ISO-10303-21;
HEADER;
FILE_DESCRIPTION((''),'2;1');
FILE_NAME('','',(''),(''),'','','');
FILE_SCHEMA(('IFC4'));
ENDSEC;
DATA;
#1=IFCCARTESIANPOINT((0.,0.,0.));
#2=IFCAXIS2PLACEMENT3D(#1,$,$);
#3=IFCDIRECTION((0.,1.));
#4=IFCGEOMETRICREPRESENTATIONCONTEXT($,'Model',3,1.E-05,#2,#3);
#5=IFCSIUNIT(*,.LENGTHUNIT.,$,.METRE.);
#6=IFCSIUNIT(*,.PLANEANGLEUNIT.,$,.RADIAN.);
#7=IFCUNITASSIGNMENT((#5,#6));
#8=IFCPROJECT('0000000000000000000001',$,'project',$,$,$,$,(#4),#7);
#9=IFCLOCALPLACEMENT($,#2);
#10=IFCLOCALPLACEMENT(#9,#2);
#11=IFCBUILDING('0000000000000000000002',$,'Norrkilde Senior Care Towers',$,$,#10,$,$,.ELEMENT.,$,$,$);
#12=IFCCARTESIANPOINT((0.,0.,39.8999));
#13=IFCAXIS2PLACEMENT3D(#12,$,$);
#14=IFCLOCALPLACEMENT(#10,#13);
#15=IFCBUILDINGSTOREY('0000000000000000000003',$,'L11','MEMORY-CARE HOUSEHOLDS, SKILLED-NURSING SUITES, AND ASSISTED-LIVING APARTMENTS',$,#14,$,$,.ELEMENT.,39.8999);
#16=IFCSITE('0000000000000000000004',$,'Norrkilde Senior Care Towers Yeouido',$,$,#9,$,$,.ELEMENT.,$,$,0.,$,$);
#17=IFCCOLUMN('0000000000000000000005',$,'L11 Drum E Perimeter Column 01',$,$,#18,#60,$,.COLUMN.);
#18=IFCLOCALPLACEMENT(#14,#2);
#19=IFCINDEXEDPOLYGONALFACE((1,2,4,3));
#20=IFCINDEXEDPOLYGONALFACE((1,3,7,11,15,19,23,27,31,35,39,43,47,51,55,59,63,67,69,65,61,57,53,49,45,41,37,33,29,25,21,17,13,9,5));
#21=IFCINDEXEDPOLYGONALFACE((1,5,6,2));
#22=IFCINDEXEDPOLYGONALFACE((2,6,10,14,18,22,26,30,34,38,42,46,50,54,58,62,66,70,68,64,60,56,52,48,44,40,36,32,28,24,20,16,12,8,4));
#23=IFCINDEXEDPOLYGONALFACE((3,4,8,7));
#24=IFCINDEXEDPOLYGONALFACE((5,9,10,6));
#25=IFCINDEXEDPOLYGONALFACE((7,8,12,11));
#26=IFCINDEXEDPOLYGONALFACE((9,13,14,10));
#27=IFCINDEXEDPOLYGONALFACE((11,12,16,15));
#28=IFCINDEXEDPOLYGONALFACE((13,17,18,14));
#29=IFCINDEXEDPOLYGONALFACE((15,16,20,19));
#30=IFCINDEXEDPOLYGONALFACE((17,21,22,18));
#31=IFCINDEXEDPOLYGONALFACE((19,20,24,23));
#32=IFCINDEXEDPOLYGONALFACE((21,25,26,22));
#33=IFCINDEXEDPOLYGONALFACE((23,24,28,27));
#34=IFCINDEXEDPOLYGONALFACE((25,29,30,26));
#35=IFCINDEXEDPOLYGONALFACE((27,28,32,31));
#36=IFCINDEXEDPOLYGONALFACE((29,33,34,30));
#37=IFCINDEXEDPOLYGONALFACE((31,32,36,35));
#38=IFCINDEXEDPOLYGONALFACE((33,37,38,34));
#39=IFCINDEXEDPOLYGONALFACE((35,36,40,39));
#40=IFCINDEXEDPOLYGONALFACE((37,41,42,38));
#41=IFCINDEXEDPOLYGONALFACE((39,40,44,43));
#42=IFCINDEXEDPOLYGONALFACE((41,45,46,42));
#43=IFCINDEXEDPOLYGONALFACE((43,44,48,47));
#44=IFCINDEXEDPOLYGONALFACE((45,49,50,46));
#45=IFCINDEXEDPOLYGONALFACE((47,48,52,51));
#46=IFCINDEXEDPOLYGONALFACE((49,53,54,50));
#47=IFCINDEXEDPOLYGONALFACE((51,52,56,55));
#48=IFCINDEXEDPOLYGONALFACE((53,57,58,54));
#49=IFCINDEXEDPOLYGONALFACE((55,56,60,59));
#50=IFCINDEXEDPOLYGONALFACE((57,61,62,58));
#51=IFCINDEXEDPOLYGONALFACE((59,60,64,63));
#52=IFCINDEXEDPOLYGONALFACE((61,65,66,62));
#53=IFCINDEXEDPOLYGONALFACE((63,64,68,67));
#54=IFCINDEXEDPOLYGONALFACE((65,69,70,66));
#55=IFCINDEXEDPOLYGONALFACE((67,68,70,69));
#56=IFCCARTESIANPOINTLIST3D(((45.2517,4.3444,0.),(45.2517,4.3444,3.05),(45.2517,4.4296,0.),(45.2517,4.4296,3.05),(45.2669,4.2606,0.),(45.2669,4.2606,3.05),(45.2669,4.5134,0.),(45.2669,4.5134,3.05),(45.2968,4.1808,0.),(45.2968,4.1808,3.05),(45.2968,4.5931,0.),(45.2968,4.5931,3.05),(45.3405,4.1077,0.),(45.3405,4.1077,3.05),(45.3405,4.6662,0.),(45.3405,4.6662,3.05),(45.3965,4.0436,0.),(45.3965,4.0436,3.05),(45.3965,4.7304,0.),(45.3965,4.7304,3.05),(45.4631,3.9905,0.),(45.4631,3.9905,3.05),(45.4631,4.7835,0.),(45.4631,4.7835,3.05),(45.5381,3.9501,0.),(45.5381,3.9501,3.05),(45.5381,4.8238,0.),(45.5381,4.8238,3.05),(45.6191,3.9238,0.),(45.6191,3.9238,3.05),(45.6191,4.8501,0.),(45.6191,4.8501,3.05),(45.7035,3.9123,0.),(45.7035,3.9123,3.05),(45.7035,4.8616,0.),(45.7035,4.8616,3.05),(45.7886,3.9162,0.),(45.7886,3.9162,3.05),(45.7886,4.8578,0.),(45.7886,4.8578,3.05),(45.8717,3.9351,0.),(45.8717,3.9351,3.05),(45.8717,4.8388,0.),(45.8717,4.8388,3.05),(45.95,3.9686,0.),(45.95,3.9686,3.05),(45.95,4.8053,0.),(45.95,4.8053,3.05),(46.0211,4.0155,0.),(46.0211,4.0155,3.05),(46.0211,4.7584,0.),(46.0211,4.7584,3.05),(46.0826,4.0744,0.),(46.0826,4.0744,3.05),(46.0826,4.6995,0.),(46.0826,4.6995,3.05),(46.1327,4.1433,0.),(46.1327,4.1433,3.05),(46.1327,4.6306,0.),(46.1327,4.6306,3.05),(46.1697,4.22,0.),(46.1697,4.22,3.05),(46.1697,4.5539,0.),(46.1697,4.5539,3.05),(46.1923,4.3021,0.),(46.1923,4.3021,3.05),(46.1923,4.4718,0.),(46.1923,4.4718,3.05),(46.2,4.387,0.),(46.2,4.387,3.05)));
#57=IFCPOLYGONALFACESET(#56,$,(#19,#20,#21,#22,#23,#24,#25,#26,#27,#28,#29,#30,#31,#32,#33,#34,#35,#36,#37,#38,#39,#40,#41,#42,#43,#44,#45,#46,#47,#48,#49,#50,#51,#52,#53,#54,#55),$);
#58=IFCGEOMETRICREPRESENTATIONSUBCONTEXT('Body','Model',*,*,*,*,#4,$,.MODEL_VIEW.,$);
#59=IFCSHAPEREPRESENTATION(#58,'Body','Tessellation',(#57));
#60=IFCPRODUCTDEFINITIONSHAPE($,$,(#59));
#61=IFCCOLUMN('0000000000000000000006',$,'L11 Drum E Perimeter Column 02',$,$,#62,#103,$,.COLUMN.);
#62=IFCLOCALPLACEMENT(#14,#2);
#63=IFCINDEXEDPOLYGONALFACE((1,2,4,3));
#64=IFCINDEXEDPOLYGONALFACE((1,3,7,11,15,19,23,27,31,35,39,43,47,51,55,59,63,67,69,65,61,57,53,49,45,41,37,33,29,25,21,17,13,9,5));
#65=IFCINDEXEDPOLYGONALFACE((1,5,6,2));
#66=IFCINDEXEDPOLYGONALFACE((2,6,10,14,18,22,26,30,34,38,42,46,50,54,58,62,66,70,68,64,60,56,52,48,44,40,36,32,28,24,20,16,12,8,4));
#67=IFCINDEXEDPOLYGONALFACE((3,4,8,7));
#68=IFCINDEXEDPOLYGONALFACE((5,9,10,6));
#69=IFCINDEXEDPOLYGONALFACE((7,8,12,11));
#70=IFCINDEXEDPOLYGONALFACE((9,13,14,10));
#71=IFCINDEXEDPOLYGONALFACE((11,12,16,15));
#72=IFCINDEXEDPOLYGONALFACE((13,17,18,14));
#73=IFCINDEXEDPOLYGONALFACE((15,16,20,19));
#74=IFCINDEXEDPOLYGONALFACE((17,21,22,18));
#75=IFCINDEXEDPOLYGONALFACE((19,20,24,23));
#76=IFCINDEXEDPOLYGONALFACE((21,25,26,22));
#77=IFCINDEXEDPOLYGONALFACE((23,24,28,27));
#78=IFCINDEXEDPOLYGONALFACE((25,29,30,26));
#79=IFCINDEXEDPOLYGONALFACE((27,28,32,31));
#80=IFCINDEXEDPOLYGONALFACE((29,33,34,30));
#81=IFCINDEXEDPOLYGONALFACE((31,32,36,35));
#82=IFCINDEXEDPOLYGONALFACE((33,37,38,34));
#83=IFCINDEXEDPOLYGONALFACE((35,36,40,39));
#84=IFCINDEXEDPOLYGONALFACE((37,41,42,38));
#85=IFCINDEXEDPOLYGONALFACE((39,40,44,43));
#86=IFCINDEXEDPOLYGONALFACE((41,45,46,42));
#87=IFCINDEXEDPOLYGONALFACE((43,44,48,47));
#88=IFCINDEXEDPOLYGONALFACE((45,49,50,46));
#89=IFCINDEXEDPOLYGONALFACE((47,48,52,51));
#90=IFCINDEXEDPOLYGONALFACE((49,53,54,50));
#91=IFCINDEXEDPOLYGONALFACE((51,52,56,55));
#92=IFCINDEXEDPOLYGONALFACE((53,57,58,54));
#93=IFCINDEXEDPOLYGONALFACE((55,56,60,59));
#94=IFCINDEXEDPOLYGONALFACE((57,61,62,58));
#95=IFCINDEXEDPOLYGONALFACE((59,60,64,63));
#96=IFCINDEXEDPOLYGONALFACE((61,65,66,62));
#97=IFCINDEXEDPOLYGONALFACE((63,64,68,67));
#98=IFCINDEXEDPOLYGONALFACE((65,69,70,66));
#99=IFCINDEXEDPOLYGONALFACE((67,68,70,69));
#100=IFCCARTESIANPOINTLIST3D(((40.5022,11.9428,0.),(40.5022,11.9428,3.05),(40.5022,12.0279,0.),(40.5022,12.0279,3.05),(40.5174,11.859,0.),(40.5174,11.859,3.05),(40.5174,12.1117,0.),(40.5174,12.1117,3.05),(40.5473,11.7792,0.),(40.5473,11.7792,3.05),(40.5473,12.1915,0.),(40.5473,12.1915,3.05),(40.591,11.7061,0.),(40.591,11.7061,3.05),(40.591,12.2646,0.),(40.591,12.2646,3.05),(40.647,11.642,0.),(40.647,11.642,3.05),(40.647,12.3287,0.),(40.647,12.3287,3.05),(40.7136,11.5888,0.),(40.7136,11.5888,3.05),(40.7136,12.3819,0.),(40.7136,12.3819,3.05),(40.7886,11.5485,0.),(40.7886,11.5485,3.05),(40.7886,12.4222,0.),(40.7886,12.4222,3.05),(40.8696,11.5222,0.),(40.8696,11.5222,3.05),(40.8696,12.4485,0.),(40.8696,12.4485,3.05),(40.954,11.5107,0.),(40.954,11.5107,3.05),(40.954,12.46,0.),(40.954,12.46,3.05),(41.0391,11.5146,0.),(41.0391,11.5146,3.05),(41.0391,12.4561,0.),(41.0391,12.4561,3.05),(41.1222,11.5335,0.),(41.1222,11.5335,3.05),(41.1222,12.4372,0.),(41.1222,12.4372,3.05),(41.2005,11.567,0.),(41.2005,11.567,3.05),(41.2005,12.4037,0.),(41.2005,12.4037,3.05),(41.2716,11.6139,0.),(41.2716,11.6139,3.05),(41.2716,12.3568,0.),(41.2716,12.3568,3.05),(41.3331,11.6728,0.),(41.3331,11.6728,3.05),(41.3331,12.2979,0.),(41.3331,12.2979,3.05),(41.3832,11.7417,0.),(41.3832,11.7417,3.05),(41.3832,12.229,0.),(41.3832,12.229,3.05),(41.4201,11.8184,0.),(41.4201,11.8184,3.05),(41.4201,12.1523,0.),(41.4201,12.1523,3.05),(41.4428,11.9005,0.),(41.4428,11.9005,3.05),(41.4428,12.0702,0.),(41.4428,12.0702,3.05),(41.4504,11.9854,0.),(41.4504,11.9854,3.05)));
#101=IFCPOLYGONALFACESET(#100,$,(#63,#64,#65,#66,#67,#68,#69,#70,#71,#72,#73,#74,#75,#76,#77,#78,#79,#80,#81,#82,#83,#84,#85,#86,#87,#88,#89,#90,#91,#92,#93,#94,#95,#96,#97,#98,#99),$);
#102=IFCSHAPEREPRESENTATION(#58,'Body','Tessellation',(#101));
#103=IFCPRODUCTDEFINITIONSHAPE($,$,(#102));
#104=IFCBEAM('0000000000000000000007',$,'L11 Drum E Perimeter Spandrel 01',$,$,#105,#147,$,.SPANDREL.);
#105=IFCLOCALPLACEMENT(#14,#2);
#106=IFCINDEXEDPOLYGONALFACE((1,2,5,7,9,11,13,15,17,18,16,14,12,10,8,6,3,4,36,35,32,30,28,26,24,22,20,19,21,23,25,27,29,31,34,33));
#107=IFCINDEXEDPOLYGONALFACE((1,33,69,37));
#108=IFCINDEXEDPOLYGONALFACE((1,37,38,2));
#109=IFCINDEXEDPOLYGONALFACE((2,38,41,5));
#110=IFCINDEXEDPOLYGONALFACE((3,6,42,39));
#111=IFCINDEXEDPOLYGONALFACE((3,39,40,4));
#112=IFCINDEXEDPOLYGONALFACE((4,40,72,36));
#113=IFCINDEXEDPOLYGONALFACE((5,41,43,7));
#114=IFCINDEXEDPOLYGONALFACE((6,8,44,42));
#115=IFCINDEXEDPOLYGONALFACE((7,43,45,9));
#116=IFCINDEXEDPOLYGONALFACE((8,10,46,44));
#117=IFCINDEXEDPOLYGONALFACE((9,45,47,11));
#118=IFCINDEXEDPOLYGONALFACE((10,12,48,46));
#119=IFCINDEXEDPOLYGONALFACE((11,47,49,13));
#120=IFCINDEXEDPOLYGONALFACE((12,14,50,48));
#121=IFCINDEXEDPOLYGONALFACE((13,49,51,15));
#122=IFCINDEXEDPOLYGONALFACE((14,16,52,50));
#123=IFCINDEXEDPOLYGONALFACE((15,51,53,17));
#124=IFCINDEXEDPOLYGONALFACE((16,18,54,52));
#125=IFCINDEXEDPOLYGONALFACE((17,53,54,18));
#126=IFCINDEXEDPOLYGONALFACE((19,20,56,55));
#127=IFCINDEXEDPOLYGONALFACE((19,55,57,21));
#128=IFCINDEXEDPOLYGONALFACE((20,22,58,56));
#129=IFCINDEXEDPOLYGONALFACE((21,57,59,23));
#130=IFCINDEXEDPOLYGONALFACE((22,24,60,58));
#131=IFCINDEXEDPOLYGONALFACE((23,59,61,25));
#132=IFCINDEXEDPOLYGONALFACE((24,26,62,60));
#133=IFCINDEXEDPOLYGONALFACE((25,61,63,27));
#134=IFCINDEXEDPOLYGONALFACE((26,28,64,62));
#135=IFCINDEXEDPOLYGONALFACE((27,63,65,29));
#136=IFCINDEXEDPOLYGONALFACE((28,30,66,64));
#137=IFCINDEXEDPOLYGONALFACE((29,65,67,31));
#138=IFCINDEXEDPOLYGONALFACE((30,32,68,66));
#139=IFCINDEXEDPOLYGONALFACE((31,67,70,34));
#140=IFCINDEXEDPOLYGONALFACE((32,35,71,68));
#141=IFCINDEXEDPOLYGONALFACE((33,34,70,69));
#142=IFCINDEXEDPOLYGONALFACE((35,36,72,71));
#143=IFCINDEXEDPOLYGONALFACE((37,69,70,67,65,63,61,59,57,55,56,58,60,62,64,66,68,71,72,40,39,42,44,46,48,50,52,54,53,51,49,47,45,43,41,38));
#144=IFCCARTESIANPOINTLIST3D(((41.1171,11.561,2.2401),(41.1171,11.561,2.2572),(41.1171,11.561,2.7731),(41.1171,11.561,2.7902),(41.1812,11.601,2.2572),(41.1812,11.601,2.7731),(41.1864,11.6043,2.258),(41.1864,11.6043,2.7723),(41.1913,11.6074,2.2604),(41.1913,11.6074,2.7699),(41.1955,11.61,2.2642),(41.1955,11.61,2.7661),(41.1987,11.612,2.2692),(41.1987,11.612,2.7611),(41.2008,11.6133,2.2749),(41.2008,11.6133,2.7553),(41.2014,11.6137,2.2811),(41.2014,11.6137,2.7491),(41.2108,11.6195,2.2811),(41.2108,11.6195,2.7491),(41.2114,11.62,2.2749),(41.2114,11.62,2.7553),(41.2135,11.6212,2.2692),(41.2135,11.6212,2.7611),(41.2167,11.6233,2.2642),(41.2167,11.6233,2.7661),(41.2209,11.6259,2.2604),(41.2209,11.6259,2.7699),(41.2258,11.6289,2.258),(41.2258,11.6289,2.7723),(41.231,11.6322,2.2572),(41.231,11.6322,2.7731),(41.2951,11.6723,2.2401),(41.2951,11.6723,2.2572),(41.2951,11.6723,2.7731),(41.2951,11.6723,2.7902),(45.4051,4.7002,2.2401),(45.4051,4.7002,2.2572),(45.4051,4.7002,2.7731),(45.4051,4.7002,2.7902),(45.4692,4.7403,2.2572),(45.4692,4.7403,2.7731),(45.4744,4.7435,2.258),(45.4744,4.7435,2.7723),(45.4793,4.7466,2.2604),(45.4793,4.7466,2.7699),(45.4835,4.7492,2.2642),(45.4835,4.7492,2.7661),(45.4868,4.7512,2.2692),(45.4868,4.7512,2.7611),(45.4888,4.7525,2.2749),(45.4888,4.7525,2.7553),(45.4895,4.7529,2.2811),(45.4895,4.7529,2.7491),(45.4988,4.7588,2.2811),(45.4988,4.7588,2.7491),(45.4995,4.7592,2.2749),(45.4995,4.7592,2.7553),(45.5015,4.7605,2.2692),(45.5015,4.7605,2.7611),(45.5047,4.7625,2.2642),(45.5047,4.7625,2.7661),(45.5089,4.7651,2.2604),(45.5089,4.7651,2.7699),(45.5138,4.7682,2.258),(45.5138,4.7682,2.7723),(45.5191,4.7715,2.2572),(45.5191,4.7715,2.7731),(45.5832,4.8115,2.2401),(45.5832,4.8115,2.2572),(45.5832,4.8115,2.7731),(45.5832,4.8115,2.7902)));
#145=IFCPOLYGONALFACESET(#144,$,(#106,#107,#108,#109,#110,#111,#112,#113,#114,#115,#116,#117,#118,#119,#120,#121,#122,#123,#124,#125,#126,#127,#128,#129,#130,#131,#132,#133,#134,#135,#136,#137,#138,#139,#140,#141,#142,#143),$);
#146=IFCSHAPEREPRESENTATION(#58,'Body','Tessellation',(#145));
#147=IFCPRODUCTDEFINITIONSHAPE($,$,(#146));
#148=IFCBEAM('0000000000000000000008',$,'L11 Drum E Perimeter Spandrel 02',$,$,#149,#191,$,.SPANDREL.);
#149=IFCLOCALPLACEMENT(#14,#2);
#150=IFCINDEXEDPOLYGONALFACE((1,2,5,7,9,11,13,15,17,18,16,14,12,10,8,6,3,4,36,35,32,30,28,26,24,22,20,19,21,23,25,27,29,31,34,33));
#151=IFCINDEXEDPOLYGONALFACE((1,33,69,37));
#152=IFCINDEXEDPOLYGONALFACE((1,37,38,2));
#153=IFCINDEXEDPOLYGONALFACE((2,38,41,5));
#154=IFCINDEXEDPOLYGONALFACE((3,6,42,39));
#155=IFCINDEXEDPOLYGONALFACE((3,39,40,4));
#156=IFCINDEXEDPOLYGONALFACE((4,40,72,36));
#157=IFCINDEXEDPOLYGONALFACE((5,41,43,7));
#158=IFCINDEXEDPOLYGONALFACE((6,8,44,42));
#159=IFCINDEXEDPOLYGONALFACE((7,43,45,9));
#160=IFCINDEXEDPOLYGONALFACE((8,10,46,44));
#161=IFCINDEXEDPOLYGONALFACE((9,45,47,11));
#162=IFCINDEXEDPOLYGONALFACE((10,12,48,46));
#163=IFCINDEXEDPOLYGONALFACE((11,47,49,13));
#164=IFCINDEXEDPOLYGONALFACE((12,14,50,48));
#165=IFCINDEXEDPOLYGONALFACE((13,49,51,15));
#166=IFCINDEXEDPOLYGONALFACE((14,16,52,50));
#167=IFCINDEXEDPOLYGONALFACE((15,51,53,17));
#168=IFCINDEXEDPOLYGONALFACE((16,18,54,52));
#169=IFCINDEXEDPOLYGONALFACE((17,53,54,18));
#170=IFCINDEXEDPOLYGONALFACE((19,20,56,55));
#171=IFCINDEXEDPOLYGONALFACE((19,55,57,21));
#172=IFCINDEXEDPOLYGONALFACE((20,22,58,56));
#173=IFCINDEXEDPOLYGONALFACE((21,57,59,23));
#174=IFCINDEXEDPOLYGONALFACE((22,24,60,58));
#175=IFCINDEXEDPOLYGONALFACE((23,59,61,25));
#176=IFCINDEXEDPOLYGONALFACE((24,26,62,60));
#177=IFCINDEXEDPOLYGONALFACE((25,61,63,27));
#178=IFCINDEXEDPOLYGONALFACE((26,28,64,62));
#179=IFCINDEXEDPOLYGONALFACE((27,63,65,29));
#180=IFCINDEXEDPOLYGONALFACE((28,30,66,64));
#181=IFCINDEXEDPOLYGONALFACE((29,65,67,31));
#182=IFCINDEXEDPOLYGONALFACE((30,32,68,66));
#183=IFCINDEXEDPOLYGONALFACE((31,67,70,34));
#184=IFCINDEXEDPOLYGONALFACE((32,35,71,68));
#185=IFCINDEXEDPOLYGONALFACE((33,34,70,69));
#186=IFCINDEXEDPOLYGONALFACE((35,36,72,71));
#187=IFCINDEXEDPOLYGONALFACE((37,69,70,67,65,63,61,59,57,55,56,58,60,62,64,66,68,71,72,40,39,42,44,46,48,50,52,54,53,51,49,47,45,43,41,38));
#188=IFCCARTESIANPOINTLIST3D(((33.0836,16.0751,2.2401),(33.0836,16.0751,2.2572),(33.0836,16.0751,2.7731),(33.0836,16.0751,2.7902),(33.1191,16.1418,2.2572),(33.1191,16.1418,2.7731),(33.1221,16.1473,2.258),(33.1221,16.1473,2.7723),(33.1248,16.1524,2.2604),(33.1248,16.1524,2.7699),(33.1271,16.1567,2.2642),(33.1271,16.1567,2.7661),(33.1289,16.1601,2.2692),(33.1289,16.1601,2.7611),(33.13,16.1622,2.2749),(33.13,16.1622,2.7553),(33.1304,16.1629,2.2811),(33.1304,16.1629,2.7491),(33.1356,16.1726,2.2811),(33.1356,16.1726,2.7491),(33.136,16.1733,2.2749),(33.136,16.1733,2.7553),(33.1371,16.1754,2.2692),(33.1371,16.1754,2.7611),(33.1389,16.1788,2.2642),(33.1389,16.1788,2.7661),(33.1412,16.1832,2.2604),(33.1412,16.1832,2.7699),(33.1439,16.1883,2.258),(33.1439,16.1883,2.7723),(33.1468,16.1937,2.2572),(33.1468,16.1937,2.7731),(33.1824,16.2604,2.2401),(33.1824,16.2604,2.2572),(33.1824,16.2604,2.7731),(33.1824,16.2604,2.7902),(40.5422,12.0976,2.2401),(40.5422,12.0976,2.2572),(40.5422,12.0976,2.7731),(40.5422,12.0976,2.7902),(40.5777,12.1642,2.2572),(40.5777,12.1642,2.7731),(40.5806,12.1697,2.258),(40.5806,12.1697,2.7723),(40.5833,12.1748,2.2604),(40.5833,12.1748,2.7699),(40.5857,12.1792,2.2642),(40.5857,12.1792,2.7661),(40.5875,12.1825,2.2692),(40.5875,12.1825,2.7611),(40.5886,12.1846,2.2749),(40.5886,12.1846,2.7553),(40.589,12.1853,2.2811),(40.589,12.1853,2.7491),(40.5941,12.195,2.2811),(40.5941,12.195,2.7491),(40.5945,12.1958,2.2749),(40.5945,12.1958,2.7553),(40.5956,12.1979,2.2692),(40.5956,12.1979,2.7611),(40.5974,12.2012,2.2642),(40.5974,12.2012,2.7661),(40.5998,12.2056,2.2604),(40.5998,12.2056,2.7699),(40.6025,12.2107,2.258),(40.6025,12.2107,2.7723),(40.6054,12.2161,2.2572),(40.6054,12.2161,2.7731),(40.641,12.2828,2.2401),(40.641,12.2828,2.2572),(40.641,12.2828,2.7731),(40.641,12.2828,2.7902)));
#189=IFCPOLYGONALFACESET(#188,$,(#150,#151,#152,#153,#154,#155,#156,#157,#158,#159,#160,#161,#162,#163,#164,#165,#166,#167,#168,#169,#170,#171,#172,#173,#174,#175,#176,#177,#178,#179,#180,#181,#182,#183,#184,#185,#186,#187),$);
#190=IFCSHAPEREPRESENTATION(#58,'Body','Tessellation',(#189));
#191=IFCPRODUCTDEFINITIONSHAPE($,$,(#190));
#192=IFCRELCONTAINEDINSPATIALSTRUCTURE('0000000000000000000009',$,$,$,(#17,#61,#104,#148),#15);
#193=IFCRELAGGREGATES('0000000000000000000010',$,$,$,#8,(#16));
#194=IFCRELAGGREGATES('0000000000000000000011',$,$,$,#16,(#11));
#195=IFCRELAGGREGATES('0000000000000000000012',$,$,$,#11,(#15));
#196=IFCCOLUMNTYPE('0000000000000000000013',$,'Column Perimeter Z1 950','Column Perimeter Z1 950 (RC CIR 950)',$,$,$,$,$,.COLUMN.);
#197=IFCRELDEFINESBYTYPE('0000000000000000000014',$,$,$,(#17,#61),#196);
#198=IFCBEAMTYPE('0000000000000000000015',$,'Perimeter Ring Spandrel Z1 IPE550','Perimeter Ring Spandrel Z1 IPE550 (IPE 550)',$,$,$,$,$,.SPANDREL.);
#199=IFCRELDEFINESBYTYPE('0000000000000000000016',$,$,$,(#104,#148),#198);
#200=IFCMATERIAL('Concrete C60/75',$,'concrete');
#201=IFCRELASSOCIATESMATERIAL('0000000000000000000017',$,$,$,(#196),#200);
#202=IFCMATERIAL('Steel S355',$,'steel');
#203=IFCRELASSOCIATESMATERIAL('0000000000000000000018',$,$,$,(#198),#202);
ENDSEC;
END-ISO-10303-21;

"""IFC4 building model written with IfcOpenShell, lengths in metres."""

from ifc_helpers import new_model, si_unit, direction, frame, origin, origin_2d, place, context, subcontext, project, spatial, circle, i_section, extrude, source, transform, mapped, material, material_profile, profile_set, type_object, type_shapes, element, save


model = new_model("IFC4")

# Units and contexts
model_context = context("Model", 3, precision=1e-05, world=origin(), true_north=direction((0.0, 1.0)))
body_context = subcontext(model_context, "Body", "Model", "MODEL_VIEW")
ifc_project = project(units=[si_unit("LENGTHUNIT", "METRE"), si_unit("PLANEANGLEUNIT", "RADIAN")], contexts=[model_context])

# Site, building, storey
site_placement = place(None, origin())
site = spatial("IfcSite", under=ifc_project, at=site_placement, Name="Norrkilde Senior Care Towers Yeouido", CompositionType="ELEMENT", RefElevation=0.0)
building_placement = place(site_placement, origin())
building = spatial("IfcBuilding", under=site, at=building_placement, Name="Norrkilde Senior Care Towers", CompositionType="ELEMENT")
storey_placement = place(building_placement, frame((0.0, 0.0, 39.8999)))
storey = spatial("IfcBuildingStorey", under=building, at=storey_placement, Name="L11", Description="MEMORY-CARE HOUSEHOLDS, SKILLED-NURSING SUITES, AND ASSISTED-LIVING APARTMENTS", CompositionType="ELEMENT", Elevation=39.8999)

# Columns
ifc_material_1 = material(Name="Concrete C60/75", Category="concrete")
ifc_material_profile_1 = material_profile(ifc_material_1, circle(Radius=0.4751, at=origin_2d()), Name="RC CIR 950")
ifc_profile_set_1 = profile_set([ifc_material_profile_1], Name="Concrete C60/75")
column_type = type_object("IfcColumnType", Name="Column Perimeter Z1 950", Description="Column Perimeter Z1 950 (RC CIR 950)", PredefinedType="COLUMN", material=ifc_profile_set_1)
shared_shape_1 = source(origin(), body_context, "Body", "SweptSolid", [
    extrude(circle(Radius=0.4751, at=origin_2d()), origin(), (0.0, 0.0, 1.0), 3.05),
])
type_shapes(column_type, [shared_shape_1])
for number, where, z_axis, x_axis, name in (
    (1, (45.7249, 4.387, 0.0), (0.0, 0.0, 1.0), (1.0, 0.0, 0.0), "L11 Drum E Perimeter Column 01"),
    (2, (40.9753, 11.9854, 0.0), (0.0, 0.0, 1.0), (1.0, 0.0, 0.0), "L11 Drum E Perimeter Column 02"),
):
    element("IfcColumn", number, at=place(storey_placement, frame(where, z_axis=z_axis, x_axis=x_axis)), inside=storey, type_object=column_type, Name=name, PredefinedType="COLUMN", context=body_context, shape_type="MappedRepresentation", body=[
        mapped(shared_shape_1, transform((0.0, 0.0, 0.0), x_axis=(1.0, 0.0, 0.0), y_axis=(0.0, 1.0, 0.0), z_axis=(0.0, 0.0, 1.0), scale=1.0)),
    ])

# Beams
ifc_material_2 = material(Name="Steel S355", Category="steel")
ifc_material_profile_2 = material_profile(ifc_material_2, i_section(OverallWidth=0.21, OverallDepth=0.55, WebThickness=0.011, FlangeThickness=0.0171, FilletRadius=0.0239, at=origin_2d()), Name="IPE 550")
ifc_profile_set_2 = profile_set([ifc_material_profile_2], Name="Steel S355")
beam_type_1 = type_object("IfcBeamType", Name="Perimeter Ring Spandrel Z1 IPE550", Description="Perimeter Ring Spandrel Z1 IPE550 (IPE 550)", PredefinedType="SPANDREL", material=ifc_profile_set_2)
shared_shape_2 = source(origin(), body_context, "Body", "SweptSolid", [
    extrude(i_section(OverallWidth=0.21, OverallDepth=0.55, WebThickness=0.011, FlangeThickness=0.0171, FilletRadius=0.0239, at=origin_2d()), origin(), (0.0, 0.0, 1.0), 8.0906),
])
beam_1_placement = place(storey_placement, frame((45.4941, 4.7559, 2.5151), z_axis=(-0.530004, 0.847995, 0.0), x_axis=(-0.847995, -0.530004, 0.0)))
element("IfcBeam", 3, at=beam_1_placement, inside=storey, type_object=beam_type_1, Name="L11 Drum E Perimeter Spandrel 01", PredefinedType="SPANDREL", context=body_context, shape_type="MappedRepresentation", body=[
    mapped(shared_shape_2, transform((0.0, 0.0, 0.0), x_axis=(1.0, 0.0, 0.0), y_axis=(0.0, 1.0, 0.0), z_axis=(0.0, 0.0, 1.0), scale=1.0)),
])
shared_shape_3 = source(origin(), body_context, "Body", "SweptSolid", [
    extrude(i_section(OverallWidth=0.21, OverallDepth=0.55, WebThickness=0.011, FlangeThickness=0.0171, FilletRadius=0.0239, at=origin_2d()), origin(), (0.0, 0.0, 1.0), 8.4529),
])
type_shapes(beam_type_1, [shared_shape_2, shared_shape_3])
beam_2_placement = place(storey_placement, frame((40.5916, 12.1902, 2.5151), z_axis=(-0.882369, 0.470558, 0.0), x_axis=(-0.470558, -0.882369, 0.0)))
element("IfcBeam", 4, at=beam_2_placement, inside=storey, type_object=beam_type_1, Name="L11 Drum E Perimeter Spandrel 02", PredefinedType="SPANDREL", context=body_context, shape_type="MappedRepresentation", body=[
    mapped(shared_shape_3, transform((0.0, 0.0, 0.0), x_axis=(1.0, 0.0, 0.0), y_axis=(0.0, 1.0, 0.0), z_axis=(0.0, 0.0, 1.0), scale=1.0)),
])

save(model, "model.ifc")
